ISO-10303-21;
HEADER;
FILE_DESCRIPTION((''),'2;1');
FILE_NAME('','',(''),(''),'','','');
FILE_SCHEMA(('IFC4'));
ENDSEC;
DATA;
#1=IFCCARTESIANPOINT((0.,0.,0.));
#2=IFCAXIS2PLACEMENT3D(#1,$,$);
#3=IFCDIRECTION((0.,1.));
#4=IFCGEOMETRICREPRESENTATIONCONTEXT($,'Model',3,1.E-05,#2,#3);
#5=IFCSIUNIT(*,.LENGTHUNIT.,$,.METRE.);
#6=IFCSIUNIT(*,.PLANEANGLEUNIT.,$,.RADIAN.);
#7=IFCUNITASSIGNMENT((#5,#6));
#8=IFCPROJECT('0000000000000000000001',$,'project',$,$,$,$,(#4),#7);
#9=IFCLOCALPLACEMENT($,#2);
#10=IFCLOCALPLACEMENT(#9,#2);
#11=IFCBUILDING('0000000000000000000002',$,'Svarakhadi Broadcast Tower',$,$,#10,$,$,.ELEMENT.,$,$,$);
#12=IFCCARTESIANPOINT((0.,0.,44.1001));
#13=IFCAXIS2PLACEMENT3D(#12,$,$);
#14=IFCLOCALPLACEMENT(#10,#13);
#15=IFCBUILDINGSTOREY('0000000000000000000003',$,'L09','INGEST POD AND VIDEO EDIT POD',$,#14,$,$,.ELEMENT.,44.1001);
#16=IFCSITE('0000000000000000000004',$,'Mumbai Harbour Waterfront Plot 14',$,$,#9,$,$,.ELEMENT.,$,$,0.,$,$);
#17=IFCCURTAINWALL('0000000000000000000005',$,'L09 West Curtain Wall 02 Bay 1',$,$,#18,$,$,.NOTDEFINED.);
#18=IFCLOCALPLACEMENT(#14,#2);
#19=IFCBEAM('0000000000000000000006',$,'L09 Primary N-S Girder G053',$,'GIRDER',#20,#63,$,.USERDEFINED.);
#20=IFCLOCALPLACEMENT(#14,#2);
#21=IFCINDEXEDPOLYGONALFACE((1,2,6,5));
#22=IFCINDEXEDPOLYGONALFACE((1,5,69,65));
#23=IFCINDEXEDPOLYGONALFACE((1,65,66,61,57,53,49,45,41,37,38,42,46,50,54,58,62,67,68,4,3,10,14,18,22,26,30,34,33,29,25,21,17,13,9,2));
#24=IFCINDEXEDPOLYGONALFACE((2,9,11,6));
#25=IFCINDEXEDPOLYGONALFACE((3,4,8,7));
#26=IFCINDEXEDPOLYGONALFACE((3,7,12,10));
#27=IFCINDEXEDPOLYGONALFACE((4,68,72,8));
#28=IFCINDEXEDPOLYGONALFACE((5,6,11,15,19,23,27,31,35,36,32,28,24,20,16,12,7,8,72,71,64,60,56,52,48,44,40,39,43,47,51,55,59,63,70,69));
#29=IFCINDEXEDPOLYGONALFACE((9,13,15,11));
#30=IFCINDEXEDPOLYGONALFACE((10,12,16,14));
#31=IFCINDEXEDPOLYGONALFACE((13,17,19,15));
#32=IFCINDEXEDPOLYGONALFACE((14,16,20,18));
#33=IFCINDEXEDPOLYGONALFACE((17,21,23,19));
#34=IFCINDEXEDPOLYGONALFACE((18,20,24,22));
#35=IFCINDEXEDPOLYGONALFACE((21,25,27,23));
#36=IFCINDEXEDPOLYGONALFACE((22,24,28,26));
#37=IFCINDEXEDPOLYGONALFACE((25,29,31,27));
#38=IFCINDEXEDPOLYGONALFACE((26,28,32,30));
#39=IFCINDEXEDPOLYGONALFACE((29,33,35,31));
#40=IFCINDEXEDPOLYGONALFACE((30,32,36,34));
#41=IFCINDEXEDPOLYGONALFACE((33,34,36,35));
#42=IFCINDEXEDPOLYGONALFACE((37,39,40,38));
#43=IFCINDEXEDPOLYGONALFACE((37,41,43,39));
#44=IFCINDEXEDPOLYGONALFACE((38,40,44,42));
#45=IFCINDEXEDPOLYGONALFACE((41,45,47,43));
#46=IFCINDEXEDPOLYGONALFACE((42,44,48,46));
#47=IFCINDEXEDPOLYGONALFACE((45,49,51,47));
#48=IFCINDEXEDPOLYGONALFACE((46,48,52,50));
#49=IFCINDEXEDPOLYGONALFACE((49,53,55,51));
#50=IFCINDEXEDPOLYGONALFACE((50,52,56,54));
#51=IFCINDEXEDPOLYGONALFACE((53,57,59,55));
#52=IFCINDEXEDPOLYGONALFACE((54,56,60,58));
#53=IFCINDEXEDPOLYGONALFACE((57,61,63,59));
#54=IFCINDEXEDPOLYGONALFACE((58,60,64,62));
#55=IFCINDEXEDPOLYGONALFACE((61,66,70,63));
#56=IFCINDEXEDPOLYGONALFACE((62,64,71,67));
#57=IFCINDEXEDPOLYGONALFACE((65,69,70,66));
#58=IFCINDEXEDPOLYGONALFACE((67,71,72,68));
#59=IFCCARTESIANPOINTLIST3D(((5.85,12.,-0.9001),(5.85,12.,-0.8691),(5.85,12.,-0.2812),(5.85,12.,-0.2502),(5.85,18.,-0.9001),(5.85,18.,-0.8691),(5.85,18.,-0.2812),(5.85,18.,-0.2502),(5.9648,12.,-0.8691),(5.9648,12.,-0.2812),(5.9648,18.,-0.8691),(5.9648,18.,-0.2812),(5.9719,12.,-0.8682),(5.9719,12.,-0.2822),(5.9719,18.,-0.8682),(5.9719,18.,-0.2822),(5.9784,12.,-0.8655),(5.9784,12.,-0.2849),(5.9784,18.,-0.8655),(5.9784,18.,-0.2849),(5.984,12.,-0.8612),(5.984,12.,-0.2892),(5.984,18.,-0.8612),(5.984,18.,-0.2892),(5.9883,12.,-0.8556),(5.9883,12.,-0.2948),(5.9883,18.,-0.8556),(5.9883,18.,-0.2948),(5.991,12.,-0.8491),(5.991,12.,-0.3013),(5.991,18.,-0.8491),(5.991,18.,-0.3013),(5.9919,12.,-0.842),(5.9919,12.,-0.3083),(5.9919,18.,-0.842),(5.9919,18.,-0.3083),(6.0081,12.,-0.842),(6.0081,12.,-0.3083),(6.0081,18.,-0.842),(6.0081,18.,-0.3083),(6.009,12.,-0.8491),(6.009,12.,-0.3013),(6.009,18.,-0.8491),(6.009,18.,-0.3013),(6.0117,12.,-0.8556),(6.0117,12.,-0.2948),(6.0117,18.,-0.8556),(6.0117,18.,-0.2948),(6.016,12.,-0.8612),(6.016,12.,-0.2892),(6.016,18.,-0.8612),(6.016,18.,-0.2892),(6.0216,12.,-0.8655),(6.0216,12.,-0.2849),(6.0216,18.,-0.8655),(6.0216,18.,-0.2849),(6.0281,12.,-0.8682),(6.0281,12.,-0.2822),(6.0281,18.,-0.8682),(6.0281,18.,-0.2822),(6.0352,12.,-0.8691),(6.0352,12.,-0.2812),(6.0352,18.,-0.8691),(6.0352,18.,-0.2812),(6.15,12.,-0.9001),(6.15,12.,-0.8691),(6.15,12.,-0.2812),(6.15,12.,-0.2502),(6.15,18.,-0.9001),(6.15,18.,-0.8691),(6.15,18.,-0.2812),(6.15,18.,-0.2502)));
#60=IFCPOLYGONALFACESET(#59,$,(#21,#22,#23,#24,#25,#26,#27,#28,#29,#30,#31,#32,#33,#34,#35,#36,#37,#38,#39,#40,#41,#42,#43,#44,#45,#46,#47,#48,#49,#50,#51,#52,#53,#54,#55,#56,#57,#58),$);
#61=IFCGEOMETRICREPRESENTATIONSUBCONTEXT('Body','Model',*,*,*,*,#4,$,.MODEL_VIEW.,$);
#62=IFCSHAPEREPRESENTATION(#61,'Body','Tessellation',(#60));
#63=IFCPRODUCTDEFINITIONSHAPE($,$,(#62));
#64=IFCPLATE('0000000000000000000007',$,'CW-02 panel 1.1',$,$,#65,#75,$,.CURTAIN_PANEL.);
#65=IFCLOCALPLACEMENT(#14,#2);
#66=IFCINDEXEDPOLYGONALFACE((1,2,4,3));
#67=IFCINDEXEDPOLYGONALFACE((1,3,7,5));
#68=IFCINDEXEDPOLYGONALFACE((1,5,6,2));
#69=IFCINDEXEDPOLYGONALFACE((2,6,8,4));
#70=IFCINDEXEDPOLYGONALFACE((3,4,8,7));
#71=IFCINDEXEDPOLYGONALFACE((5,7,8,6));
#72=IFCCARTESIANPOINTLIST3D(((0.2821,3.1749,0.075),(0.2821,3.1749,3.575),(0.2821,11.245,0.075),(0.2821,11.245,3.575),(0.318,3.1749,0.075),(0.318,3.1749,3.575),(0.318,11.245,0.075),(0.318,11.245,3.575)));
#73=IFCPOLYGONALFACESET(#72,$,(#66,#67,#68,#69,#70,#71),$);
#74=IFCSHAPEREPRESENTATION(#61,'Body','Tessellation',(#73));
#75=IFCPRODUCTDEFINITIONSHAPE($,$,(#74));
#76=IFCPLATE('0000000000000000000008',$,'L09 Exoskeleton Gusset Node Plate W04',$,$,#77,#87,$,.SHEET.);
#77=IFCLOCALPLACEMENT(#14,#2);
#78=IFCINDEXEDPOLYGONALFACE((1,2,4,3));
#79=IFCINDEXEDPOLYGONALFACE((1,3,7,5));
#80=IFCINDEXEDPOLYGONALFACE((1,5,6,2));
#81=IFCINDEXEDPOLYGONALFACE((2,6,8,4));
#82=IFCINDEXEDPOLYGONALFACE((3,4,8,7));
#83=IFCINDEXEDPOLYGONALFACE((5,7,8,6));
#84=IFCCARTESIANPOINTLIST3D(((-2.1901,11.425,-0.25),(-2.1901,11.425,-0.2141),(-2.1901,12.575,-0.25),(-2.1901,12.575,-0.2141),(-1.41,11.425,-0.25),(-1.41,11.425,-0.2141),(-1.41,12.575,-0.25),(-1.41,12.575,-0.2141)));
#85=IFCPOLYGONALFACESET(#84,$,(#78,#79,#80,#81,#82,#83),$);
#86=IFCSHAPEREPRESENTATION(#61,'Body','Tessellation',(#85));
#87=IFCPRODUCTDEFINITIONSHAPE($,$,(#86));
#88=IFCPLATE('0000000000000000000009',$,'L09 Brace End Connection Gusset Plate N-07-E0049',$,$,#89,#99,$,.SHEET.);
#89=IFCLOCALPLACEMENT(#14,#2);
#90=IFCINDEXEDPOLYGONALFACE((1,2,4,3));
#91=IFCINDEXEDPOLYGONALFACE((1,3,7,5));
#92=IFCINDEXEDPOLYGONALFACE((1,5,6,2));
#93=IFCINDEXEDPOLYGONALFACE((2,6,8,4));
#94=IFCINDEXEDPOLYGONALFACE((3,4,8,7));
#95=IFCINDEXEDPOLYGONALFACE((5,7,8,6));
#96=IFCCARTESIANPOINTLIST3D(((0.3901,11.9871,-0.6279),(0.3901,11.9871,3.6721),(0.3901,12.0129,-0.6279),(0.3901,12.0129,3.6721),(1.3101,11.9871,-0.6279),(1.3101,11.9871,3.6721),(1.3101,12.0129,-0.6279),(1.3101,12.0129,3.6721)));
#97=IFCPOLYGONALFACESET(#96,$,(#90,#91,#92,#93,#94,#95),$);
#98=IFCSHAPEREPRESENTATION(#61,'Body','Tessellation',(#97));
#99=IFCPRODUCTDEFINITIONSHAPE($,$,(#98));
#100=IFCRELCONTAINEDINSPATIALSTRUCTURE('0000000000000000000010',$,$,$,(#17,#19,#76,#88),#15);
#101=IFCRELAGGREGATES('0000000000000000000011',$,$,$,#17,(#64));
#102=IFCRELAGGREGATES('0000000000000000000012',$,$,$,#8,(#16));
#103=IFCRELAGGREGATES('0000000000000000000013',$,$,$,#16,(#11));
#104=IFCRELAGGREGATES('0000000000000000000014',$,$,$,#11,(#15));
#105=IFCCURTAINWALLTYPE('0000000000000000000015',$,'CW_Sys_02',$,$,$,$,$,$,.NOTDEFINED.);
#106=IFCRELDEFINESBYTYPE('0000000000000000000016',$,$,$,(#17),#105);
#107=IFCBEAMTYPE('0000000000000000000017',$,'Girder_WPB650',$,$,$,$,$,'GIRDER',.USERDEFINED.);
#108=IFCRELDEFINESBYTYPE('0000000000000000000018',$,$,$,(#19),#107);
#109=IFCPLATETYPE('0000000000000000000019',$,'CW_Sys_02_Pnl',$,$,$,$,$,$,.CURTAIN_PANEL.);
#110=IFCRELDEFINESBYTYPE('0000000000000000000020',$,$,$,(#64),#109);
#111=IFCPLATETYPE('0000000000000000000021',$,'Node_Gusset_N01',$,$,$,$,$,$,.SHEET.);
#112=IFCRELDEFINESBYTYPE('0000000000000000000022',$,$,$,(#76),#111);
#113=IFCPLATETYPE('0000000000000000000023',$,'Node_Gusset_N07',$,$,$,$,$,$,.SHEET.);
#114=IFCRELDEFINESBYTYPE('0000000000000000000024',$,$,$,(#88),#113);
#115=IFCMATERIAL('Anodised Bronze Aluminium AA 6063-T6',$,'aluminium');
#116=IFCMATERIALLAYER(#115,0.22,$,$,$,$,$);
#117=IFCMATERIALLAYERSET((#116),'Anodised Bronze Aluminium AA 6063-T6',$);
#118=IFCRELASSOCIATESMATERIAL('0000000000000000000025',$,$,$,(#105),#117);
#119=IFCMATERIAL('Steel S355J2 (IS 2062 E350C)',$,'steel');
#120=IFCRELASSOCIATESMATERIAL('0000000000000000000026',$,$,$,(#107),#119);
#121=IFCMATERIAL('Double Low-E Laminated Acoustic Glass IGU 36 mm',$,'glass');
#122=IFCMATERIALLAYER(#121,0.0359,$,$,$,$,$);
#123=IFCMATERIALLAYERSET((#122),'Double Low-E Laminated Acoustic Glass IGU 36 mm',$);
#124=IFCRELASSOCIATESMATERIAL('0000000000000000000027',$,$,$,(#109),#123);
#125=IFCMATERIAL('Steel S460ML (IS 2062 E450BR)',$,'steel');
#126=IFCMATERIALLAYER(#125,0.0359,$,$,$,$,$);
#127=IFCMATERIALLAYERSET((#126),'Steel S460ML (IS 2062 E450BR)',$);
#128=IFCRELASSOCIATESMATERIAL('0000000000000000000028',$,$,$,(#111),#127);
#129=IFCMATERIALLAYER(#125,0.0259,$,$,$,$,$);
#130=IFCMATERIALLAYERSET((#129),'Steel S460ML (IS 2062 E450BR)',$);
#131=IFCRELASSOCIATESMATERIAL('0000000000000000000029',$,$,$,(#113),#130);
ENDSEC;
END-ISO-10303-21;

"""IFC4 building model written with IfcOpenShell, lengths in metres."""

from ifc_helpers import new_model, si_unit, direction, frame, origin, origin_2d, place, context, subcontext, project, spatial, rectangle, i_section, extrude, material, layer, layer_set, material_profile, profile_set, type_object, element, aggregate, save


model = new_model("IFC4")

# Units and contexts
model_context = context("Model", 3, precision=1e-05, world=origin(), true_north=direction((0.0, 1.0)))
body_context = subcontext(model_context, "Body", "Model", "MODEL_VIEW")
ifc_project = project(units=[si_unit("LENGTHUNIT", "METRE"), si_unit("PLANEANGLEUNIT", "RADIAN")], contexts=[model_context])

# Site, building, storey
site_placement = place(None, origin())
site = spatial("IfcSite", under=ifc_project, at=site_placement, Name="Mumbai Harbour Waterfront Plot 14", CompositionType="ELEMENT", RefElevation=0.0)
building_placement = place(site_placement, origin())
building = spatial("IfcBuilding", under=site, at=building_placement, Name="Svarakhadi Broadcast Tower", CompositionType="ELEMENT")
storey_placement = place(building_placement, frame((0.0, 0.0, 44.1001)))
storey = spatial("IfcBuildingStorey", under=building, at=storey_placement, Name="L09", Description="INGEST POD AND VIDEO EDIT POD", CompositionType="ELEMENT", Elevation=44.1001)

# Shared definitions
ifc_material_1 = material(Name="Steel S460ML (IS 2062 E450BR)", Category="steel")

# Shared definitions
ifc_material_2 = material(Name="Steel S355J2 (IS 2062 E350C)", Category="steel")

# Curtain wall
ifc_material_3 = material(Name="Anodised Bronze Aluminium AA 6063-T6", Category="aluminium")
ifc_layer_1 = layer(ifc_material_3, 0.22)
ifc_layer_set_1 = layer_set([ifc_layer_1], Name="Anodised Bronze Aluminium AA 6063-T6")
curtain_wall_type = type_object("IfcCurtainWallType", Name="CW_Sys_02", PredefinedType="NOTDEFINED", material=ifc_layer_set_1)
curtain_wall_1_placement = place(storey_placement, origin())
curtain_wall_1 = element("IfcCurtainWall", 1, at=curtain_wall_1_placement, inside=storey, type_object=curtain_wall_type, Name="L09 West Curtain Wall 02 Bay 1", PredefinedType="NOTDEFINED")

# Beam
ifc_material_profile_1 = material_profile(ifc_material_2, i_section(OverallWidth=0.3, OverallDepth=0.6499, WebThickness=0.0161, FlangeThickness=0.031, FilletRadius=0.0271, at=origin_2d()), Name="WPB 650x300x225")
ifc_profile_set_1 = profile_set([ifc_material_profile_1], Name="Steel S355J2 (IS 2062 E350C)")
beam_type_1 = type_object("IfcBeamType", Name="Girder_WPB650", ElementType="GIRDER", PredefinedType="USERDEFINED", material=ifc_profile_set_1)
for number, where, z_axis, x_axis, name in (
    (2, (6.0, 12.0, -0.5752), (0.0, 1.0, 0.0), (-1.0, 0.0, 0.0), "L09 Primary N-S Girder G053"),
):
    element("IfcBeam", number, at=place(storey_placement, frame(where, z_axis=z_axis, x_axis=x_axis)), inside=storey, type_object=beam_type_1, Name=name, ObjectType="GIRDER", PredefinedType="USERDEFINED", context=body_context, shape_type="SweptSolid", body=[
        extrude(i_section(OverallWidth=0.3, OverallDepth=0.6499, WebThickness=0.0161, FlangeThickness=0.031, FilletRadius=0.0271, at=origin_2d()), origin(), (0.0, 0.0, 1.0), 6.0),
    ])

# Plate
ifc_material_4 = material(Name="Double Low-E Laminated Acoustic Glass IGU 36 mm", Category="glass")
ifc_layer_2 = layer(ifc_material_4, 0.0359)
ifc_layer_set_2 = layer_set([ifc_layer_2], Name="Double Low-E Laminated Acoustic Glass IGU 36 mm")
plate_type_1 = type_object("IfcPlateType", Name="CW_Sys_02_Pnl", PredefinedType="CURTAIN_PANEL", material=ifc_layer_set_2)
plate_1_placement = place(storey_placement, frame((0.3, 7.21, 0.075), z_axis=(0.0, 0.0, 1.0), x_axis=(0.0, 1.0, 0.0)))
plate_1 = element("IfcPlate", 3, at=plate_1_placement, type_object=plate_type_1, Name="CW-02 panel 1.1", PredefinedType="CURTAIN_PANEL", context=body_context, shape_type="SweptSolid", body=[
    extrude(rectangle(XDim=8.0701, YDim=0.0359, at=origin_2d()), origin(), (0.0, 0.0, 1.0), 3.5),
])
aggregate(curtain_wall_1, [plate_1])

# Plates
ifc_layer_3 = layer(ifc_material_1, 0.0359)
ifc_layer_set_3 = layer_set([ifc_layer_3], Name="Steel S460ML (IS 2062 E450BR)")
plate_type_2 = type_object("IfcPlateType", Name="Node_Gusset_N01", PredefinedType="SHEET", material=ifc_layer_set_3)
plate_2_placement = place(storey_placement, frame((-1.8, 12.0, -0.25), z_axis=(0.0, 0.0, 1.0), x_axis=(0.0, 1.0, 0.0)))
element("IfcPlate", 4, at=plate_2_placement, inside=storey, type_object=plate_type_2, Name="L09 Exoskeleton Gusset Node Plate W04", PredefinedType="SHEET", context=body_context, shape_type="SweptSolid", body=[
    extrude(rectangle(XDim=1.1499, YDim=0.78, at=origin_2d()), origin(), (0.0, 0.0, 1.0), 0.0359),
])
ifc_layer_4 = layer(ifc_material_1, 0.0259)
ifc_layer_set_4 = layer_set([ifc_layer_4], Name="Steel S460ML (IS 2062 E450BR)")
plate_type_3 = type_object("IfcPlateType", Name="Node_Gusset_N07", PredefinedType="SHEET", material=ifc_layer_set_4)
plate_3_placement = place(storey_placement, frame((0.8501, 12.0, -0.6279), z_axis=(0.0, 0.0, 1.0), x_axis=(1.0, 0.0, 0.0)))
element("IfcPlate", 5, at=plate_3_placement, inside=storey, type_object=plate_type_3, Name="L09 Brace End Connection Gusset Plate N-07-E0049", PredefinedType="SHEET", context=body_context, shape_type="SweptSolid", body=[
    extrude(rectangle(XDim=0.9199, YDim=0.0259, at=origin_2d()), origin(), (0.0, 0.0, 1.0), 4.3),
])

save(model, "model.ifc")
